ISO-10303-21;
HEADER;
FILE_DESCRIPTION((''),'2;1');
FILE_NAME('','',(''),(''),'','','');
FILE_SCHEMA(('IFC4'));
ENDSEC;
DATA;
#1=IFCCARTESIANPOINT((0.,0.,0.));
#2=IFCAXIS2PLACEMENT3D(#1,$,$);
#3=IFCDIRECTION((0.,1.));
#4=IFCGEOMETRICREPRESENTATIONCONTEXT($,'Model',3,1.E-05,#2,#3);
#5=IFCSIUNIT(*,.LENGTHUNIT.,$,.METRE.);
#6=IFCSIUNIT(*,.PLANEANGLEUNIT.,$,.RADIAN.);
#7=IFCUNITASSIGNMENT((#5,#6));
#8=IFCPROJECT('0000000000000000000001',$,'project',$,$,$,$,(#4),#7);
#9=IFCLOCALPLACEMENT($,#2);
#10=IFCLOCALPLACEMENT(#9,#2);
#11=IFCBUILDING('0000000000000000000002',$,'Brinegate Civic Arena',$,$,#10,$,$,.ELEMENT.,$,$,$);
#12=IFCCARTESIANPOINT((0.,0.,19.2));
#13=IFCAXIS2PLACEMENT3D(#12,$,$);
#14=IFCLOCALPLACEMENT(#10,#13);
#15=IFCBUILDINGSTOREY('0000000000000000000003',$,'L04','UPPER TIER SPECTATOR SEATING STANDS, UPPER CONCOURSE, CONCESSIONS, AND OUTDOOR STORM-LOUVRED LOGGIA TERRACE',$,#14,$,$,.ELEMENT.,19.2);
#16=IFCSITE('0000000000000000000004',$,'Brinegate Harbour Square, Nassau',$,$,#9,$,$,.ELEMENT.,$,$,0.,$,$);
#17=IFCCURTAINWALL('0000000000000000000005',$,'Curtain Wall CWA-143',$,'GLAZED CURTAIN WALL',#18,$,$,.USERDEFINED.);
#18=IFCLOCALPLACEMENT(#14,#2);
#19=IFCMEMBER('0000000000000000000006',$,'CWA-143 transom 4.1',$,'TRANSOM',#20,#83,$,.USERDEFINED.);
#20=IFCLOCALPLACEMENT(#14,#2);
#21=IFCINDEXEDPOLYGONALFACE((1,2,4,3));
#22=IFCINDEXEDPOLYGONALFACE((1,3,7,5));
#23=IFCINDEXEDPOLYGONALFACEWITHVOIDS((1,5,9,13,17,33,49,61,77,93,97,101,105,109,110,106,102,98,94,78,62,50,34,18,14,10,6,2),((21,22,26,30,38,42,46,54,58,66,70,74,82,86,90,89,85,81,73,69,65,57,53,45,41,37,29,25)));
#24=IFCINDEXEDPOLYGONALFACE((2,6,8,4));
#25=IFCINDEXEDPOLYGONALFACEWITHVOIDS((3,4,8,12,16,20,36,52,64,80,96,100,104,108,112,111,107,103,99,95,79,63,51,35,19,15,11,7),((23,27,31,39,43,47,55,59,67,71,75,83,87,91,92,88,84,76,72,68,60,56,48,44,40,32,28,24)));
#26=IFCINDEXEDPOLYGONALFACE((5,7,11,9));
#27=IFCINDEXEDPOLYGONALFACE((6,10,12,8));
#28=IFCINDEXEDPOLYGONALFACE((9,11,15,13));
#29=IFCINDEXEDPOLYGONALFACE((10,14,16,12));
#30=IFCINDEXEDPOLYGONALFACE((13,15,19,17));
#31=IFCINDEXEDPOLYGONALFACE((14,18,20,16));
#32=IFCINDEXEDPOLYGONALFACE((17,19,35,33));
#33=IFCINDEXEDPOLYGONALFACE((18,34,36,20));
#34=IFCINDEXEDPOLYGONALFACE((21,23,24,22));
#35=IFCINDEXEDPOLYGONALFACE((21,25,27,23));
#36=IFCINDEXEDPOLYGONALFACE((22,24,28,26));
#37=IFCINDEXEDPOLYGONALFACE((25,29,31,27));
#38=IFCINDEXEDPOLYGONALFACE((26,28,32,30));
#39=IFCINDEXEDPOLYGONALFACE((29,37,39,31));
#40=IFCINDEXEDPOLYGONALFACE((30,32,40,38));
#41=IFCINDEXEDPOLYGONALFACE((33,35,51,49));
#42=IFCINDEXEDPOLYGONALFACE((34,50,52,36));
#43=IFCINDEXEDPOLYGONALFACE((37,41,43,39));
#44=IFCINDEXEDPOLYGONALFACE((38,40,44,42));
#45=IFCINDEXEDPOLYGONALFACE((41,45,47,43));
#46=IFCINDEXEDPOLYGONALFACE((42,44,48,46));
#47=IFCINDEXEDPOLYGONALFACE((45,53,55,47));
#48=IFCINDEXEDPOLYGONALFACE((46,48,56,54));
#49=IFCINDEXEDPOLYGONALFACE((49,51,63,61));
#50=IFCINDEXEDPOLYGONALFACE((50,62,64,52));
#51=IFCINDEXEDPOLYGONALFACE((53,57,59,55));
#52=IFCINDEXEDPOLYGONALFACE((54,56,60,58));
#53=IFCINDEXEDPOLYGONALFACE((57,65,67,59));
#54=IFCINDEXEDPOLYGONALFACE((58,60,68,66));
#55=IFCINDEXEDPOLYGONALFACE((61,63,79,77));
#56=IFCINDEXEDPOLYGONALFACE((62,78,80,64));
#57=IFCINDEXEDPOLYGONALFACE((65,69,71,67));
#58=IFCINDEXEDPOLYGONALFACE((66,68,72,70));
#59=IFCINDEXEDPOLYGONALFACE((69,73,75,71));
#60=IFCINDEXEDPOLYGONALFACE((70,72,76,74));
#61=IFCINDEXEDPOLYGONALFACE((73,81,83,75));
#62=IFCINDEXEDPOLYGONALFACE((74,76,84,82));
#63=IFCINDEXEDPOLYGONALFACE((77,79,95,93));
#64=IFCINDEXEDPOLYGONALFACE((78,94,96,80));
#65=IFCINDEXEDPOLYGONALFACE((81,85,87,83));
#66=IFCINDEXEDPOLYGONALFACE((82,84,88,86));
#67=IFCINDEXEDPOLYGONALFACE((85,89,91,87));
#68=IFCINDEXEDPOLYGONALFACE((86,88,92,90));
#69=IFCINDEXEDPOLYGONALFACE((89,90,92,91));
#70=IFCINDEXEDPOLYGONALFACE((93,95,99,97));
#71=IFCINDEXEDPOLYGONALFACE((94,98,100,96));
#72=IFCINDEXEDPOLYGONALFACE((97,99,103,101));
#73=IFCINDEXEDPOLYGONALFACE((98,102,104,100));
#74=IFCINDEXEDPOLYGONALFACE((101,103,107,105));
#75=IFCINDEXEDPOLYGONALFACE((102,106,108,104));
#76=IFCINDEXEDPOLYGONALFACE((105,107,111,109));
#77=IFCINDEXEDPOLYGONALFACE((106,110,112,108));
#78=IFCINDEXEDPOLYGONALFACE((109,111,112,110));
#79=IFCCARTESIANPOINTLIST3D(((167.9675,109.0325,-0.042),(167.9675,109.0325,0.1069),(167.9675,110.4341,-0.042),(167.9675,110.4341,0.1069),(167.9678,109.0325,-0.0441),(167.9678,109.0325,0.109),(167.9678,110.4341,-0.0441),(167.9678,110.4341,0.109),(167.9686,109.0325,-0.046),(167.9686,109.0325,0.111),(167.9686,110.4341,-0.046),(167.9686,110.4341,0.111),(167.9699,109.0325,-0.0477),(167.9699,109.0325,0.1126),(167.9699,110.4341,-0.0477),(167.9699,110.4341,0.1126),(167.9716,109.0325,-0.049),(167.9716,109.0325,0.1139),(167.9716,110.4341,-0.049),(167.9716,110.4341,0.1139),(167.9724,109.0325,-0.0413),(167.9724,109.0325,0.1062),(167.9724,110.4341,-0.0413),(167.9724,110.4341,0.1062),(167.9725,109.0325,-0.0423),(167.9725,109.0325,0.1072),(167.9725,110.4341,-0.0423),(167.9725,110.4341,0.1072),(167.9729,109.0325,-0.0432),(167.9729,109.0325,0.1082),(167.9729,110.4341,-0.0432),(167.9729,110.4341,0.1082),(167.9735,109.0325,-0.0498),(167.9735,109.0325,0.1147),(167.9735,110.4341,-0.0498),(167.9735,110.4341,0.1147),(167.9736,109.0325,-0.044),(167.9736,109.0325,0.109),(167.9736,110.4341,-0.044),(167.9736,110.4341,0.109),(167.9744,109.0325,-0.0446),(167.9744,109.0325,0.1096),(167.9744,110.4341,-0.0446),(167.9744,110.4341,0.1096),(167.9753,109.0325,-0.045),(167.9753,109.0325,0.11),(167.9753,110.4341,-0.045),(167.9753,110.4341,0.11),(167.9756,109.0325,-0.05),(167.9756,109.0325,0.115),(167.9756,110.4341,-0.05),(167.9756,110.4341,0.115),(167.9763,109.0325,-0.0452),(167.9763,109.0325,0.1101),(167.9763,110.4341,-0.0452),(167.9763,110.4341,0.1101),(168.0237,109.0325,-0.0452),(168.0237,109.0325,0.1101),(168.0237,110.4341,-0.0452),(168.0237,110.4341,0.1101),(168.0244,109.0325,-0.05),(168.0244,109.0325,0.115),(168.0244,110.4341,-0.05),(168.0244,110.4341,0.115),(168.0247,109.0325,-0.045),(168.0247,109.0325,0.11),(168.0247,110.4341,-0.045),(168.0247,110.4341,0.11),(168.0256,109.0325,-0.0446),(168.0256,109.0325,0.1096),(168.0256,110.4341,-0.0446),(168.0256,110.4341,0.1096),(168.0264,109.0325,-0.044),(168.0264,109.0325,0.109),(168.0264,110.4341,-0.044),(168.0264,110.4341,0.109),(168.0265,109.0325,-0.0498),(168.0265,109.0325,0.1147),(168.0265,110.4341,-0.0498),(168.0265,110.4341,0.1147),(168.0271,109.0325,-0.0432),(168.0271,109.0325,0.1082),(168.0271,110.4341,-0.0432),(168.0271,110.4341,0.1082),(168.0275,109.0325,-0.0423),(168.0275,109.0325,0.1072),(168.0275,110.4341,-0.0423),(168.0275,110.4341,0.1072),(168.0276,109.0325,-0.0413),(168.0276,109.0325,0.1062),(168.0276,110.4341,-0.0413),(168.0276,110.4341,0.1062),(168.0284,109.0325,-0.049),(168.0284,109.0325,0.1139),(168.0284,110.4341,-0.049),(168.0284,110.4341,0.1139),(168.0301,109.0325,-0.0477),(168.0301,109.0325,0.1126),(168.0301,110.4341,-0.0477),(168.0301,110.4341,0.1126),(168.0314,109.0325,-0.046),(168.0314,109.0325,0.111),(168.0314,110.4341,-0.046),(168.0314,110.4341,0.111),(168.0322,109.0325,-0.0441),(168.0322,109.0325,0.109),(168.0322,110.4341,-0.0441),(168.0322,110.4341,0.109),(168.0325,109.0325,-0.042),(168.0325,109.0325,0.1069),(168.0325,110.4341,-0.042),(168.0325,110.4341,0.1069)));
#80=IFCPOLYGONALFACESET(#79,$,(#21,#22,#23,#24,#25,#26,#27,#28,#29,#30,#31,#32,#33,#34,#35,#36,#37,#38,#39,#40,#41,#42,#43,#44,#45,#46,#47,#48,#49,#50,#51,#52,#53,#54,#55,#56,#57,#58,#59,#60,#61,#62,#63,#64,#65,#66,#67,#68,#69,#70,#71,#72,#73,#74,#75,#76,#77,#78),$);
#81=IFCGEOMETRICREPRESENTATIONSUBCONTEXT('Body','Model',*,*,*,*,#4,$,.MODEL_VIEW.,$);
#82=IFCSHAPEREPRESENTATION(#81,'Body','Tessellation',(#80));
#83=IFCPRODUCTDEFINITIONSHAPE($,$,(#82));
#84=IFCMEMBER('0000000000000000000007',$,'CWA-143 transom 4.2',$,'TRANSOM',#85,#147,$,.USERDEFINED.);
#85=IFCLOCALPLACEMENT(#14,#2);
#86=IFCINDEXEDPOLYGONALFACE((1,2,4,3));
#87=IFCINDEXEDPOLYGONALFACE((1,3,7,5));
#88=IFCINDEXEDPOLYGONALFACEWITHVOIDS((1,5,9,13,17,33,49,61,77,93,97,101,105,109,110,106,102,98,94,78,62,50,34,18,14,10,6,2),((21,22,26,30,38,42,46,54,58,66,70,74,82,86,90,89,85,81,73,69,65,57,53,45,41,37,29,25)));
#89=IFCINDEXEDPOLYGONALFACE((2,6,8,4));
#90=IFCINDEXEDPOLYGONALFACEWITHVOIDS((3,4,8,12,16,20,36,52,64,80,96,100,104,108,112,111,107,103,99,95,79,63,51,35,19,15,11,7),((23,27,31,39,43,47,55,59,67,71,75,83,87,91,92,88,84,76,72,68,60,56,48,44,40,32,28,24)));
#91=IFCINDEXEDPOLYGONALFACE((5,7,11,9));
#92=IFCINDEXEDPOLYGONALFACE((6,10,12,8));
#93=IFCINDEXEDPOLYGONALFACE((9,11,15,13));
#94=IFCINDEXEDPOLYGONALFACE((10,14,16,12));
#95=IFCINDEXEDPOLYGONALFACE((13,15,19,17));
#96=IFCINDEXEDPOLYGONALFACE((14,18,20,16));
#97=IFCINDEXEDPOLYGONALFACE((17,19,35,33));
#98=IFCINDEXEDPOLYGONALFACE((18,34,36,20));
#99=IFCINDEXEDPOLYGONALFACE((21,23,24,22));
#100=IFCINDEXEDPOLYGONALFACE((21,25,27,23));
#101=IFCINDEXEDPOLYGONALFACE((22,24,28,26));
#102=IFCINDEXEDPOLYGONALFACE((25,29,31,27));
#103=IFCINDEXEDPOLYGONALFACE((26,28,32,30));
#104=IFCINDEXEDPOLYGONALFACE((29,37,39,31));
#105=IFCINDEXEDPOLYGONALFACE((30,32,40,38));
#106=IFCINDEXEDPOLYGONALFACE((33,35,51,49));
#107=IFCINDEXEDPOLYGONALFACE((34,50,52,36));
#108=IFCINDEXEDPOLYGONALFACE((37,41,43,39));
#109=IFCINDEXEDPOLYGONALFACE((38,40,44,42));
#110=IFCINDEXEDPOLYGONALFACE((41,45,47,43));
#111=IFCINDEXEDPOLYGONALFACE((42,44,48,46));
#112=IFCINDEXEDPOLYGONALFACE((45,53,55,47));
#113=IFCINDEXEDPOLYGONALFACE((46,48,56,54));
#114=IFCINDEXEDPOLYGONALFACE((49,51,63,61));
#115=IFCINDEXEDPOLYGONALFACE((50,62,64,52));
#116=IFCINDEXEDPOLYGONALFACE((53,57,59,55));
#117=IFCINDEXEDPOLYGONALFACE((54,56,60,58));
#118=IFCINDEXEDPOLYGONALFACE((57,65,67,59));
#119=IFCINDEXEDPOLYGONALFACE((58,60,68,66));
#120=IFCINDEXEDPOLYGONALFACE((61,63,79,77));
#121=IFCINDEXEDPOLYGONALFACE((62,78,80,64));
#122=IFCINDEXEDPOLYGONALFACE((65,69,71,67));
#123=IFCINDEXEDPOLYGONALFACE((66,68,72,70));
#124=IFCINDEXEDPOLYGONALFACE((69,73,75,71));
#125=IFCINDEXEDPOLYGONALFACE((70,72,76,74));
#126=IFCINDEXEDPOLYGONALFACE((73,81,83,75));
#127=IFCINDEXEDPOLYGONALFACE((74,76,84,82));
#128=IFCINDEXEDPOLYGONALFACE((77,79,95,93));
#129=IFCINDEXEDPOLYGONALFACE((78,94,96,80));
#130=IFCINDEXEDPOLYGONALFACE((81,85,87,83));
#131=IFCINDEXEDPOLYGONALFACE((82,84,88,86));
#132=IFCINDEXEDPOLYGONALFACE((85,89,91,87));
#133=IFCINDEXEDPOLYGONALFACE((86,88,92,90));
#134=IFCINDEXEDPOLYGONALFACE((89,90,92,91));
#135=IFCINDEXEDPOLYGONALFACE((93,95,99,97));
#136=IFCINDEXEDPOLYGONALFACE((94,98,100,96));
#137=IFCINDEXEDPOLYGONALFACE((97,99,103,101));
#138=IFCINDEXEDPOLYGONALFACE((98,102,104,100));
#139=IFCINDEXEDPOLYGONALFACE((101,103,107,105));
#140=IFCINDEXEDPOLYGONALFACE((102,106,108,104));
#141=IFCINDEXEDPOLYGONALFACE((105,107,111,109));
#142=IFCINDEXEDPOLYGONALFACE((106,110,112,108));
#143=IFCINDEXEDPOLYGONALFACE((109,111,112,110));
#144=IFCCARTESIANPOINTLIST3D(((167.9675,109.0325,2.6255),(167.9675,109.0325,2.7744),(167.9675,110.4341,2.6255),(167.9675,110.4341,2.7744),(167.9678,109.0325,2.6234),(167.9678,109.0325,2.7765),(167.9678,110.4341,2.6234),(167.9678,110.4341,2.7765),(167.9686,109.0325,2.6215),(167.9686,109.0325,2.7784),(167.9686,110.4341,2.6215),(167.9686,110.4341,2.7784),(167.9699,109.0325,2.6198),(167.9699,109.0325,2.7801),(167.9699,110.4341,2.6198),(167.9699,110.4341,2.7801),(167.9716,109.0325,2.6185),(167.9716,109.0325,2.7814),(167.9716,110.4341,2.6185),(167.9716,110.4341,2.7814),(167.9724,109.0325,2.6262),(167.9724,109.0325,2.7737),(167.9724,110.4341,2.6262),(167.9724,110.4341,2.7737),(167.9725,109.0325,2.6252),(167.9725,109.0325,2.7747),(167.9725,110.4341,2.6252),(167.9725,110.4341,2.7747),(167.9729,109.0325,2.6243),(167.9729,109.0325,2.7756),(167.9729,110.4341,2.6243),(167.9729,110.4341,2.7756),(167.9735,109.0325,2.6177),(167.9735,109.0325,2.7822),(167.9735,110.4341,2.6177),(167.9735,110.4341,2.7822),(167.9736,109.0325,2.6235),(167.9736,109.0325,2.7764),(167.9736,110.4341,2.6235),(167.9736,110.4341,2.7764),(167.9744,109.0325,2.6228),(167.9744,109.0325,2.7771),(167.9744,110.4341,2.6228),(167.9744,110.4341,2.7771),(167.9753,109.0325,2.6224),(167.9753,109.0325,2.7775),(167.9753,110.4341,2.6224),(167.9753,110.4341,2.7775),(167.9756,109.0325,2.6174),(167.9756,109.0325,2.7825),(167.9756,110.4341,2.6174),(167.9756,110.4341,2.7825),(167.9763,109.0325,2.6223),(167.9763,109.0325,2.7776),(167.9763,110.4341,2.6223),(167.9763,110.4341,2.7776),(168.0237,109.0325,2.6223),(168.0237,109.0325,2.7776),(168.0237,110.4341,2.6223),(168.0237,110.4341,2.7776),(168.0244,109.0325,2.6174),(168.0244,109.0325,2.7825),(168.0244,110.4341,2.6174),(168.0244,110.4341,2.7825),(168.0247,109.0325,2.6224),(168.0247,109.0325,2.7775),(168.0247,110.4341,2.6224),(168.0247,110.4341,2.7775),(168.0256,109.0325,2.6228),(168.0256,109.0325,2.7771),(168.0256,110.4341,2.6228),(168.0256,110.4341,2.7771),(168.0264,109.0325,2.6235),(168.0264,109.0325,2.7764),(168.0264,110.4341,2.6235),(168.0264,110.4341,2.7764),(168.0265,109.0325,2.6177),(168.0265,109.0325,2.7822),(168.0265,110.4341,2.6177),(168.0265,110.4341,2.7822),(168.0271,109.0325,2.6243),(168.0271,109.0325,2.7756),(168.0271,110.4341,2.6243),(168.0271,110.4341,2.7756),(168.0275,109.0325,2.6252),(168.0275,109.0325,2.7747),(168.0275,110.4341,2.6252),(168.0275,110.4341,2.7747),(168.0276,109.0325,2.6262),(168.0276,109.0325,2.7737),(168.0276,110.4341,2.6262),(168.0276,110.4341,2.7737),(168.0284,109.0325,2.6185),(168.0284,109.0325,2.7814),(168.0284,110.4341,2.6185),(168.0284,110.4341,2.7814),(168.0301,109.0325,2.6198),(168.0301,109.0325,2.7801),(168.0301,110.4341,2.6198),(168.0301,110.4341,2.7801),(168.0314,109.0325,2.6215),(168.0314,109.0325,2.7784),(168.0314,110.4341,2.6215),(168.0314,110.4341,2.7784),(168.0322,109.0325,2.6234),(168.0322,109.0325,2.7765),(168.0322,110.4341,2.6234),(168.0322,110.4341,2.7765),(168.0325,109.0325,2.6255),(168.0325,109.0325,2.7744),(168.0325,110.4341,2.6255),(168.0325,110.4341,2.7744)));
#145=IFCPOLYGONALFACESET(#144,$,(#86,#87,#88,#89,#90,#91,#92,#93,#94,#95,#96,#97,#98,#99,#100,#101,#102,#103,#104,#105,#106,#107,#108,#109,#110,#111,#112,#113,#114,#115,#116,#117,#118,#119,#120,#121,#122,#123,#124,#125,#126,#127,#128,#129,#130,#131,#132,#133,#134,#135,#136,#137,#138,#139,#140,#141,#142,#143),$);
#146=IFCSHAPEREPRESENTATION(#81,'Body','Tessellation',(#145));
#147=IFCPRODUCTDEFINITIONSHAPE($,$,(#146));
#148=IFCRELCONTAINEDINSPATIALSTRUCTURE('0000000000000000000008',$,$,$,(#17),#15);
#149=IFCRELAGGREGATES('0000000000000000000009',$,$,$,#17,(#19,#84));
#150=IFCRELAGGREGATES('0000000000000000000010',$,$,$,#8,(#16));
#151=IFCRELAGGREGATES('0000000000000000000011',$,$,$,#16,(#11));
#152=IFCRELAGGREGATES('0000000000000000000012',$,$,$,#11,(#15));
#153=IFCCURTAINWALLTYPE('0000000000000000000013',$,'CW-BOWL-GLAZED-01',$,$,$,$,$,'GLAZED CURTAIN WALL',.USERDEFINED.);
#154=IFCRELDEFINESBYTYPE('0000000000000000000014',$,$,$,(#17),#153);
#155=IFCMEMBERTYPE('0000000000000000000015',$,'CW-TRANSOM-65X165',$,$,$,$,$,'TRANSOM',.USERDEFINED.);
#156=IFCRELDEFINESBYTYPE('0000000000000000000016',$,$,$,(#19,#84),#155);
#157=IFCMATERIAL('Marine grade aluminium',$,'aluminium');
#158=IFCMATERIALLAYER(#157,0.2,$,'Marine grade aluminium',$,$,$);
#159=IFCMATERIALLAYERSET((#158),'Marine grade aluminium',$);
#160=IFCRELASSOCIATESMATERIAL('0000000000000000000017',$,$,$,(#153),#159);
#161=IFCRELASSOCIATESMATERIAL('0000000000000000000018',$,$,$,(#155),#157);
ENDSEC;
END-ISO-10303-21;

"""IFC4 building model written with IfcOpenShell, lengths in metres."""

from ifc_helpers import new_model, si_unit, direction, frame, origin, origin_2d, place, context, subcontext, project, spatial, hollow_rectangle, extrude, material, layer, layer_set, material_profile, profile_set, type_object, element, aggregate, save


model = new_model("IFC4")

# Units and contexts
model_context = context("Model", 3, precision=1e-05, world=origin(), true_north=direction((0.0, 1.0)))
body_context = subcontext(model_context, "Body", "Model", "MODEL_VIEW")
ifc_project = project(units=[si_unit("LENGTHUNIT", "METRE"), si_unit("PLANEANGLEUNIT", "RADIAN")], contexts=[model_context])

# Site, building, storey
site_placement = place(None, origin())
site = spatial("IfcSite", under=ifc_project, at=site_placement, Name="Brinegate Harbour Square, Nassau", CompositionType="ELEMENT", RefElevation=0.0)
building_placement = place(site_placement, origin())
building = spatial("IfcBuilding", under=site, at=building_placement, Name="Brinegate Civic Arena", CompositionType="ELEMENT")
storey_placement = place(building_placement, frame((0.0, 0.0, 19.2)))
storey = spatial("IfcBuildingStorey", under=building, at=storey_placement, Name="L04", Description="UPPER TIER SPECTATOR SEATING STANDS, UPPER CONCOURSE, CONCESSIONS, AND OUTDOOR STORM-LOUVRED LOGGIA TERRACE", CompositionType="ELEMENT", Elevation=19.2)

# Curtain wall, members
ifc_material_1 = material(Name="Marine grade aluminium", Category="aluminium")
ifc_layer_1 = layer(ifc_material_1, 0.2, Name="Marine grade aluminium")
ifc_layer_set_1 = layer_set([ifc_layer_1], Name="Marine grade aluminium")
curtain_wall_type = type_object("IfcCurtainWallType", Name="CW-BOWL-GLAZED-01", ElementType="GLAZED CURTAIN WALL", PredefinedType="USERDEFINED", material=ifc_layer_set_1)
curtain_wall_placement = place(storey_placement, origin())
curtain_wall = element("IfcCurtainWall", 1, at=curtain_wall_placement, inside=storey, type_object=curtain_wall_type, Name="Curtain Wall CWA-143", ObjectType="GLAZED CURTAIN WALL", PredefinedType="USERDEFINED")
ifc_material_profile_1 = material_profile(ifc_material_1, hollow_rectangle(XDim=0.0649, YDim=0.165, WallThickness=0.0049, InnerFilletRadius=0.0039, OuterFilletRadius=0.0081, at=origin_2d()), Name="TRN65X165")
ifc_profile_set_1 = profile_set([ifc_material_profile_1], Name="Marine grade aluminium")
member_type_1 = type_object("IfcMemberType", Name="CW-TRANSOM-65X165", ElementType="TRANSOM", PredefinedType="USERDEFINED", material=ifc_profile_set_1)
member_1_placement = place(storey_placement, frame((168.0, 109.0325, 0.0325), z_axis=(0.0, 1.0, 0.0), x_axis=(-1.0, 0.0, 0.0)))
member_1 = element("IfcMember", 2, at=member_1_placement, type_object=member_type_1, Name="CWA-143 transom 4.1", ObjectType="TRANSOM", PredefinedType="USERDEFINED", context=body_context, shape_type="SweptSolid", body=[
    extrude(hollow_rectangle(XDim=0.0649, YDim=0.165, WallThickness=0.0049, InnerFilletRadius=0.0039, OuterFilletRadius=0.0081, at=origin_2d()), origin(), (0.0, 0.0, 1.0), 1.4016),
])
member_2_placement = place(storey_placement, frame((168.0, 109.0325, 2.7), z_axis=(0.0, 1.0, 0.0), x_axis=(-1.0, 0.0, 0.0)))
member_2 = element("IfcMember", 3, at=member_2_placement, type_object=member_type_1, Name="CWA-143 transom 4.2", ObjectType="TRANSOM", PredefinedType="USERDEFINED", context=body_context, shape_type="SweptSolid", body=[
    extrude(hollow_rectangle(XDim=0.0649, YDim=0.165, WallThickness=0.0049, InnerFilletRadius=0.0039, OuterFilletRadius=0.0081, at=origin_2d()), origin(), (0.0, 0.0, 1.0), 1.4016),
])
aggregate(curtain_wall, [member_1, member_2])

save(model, "model.ifc")
